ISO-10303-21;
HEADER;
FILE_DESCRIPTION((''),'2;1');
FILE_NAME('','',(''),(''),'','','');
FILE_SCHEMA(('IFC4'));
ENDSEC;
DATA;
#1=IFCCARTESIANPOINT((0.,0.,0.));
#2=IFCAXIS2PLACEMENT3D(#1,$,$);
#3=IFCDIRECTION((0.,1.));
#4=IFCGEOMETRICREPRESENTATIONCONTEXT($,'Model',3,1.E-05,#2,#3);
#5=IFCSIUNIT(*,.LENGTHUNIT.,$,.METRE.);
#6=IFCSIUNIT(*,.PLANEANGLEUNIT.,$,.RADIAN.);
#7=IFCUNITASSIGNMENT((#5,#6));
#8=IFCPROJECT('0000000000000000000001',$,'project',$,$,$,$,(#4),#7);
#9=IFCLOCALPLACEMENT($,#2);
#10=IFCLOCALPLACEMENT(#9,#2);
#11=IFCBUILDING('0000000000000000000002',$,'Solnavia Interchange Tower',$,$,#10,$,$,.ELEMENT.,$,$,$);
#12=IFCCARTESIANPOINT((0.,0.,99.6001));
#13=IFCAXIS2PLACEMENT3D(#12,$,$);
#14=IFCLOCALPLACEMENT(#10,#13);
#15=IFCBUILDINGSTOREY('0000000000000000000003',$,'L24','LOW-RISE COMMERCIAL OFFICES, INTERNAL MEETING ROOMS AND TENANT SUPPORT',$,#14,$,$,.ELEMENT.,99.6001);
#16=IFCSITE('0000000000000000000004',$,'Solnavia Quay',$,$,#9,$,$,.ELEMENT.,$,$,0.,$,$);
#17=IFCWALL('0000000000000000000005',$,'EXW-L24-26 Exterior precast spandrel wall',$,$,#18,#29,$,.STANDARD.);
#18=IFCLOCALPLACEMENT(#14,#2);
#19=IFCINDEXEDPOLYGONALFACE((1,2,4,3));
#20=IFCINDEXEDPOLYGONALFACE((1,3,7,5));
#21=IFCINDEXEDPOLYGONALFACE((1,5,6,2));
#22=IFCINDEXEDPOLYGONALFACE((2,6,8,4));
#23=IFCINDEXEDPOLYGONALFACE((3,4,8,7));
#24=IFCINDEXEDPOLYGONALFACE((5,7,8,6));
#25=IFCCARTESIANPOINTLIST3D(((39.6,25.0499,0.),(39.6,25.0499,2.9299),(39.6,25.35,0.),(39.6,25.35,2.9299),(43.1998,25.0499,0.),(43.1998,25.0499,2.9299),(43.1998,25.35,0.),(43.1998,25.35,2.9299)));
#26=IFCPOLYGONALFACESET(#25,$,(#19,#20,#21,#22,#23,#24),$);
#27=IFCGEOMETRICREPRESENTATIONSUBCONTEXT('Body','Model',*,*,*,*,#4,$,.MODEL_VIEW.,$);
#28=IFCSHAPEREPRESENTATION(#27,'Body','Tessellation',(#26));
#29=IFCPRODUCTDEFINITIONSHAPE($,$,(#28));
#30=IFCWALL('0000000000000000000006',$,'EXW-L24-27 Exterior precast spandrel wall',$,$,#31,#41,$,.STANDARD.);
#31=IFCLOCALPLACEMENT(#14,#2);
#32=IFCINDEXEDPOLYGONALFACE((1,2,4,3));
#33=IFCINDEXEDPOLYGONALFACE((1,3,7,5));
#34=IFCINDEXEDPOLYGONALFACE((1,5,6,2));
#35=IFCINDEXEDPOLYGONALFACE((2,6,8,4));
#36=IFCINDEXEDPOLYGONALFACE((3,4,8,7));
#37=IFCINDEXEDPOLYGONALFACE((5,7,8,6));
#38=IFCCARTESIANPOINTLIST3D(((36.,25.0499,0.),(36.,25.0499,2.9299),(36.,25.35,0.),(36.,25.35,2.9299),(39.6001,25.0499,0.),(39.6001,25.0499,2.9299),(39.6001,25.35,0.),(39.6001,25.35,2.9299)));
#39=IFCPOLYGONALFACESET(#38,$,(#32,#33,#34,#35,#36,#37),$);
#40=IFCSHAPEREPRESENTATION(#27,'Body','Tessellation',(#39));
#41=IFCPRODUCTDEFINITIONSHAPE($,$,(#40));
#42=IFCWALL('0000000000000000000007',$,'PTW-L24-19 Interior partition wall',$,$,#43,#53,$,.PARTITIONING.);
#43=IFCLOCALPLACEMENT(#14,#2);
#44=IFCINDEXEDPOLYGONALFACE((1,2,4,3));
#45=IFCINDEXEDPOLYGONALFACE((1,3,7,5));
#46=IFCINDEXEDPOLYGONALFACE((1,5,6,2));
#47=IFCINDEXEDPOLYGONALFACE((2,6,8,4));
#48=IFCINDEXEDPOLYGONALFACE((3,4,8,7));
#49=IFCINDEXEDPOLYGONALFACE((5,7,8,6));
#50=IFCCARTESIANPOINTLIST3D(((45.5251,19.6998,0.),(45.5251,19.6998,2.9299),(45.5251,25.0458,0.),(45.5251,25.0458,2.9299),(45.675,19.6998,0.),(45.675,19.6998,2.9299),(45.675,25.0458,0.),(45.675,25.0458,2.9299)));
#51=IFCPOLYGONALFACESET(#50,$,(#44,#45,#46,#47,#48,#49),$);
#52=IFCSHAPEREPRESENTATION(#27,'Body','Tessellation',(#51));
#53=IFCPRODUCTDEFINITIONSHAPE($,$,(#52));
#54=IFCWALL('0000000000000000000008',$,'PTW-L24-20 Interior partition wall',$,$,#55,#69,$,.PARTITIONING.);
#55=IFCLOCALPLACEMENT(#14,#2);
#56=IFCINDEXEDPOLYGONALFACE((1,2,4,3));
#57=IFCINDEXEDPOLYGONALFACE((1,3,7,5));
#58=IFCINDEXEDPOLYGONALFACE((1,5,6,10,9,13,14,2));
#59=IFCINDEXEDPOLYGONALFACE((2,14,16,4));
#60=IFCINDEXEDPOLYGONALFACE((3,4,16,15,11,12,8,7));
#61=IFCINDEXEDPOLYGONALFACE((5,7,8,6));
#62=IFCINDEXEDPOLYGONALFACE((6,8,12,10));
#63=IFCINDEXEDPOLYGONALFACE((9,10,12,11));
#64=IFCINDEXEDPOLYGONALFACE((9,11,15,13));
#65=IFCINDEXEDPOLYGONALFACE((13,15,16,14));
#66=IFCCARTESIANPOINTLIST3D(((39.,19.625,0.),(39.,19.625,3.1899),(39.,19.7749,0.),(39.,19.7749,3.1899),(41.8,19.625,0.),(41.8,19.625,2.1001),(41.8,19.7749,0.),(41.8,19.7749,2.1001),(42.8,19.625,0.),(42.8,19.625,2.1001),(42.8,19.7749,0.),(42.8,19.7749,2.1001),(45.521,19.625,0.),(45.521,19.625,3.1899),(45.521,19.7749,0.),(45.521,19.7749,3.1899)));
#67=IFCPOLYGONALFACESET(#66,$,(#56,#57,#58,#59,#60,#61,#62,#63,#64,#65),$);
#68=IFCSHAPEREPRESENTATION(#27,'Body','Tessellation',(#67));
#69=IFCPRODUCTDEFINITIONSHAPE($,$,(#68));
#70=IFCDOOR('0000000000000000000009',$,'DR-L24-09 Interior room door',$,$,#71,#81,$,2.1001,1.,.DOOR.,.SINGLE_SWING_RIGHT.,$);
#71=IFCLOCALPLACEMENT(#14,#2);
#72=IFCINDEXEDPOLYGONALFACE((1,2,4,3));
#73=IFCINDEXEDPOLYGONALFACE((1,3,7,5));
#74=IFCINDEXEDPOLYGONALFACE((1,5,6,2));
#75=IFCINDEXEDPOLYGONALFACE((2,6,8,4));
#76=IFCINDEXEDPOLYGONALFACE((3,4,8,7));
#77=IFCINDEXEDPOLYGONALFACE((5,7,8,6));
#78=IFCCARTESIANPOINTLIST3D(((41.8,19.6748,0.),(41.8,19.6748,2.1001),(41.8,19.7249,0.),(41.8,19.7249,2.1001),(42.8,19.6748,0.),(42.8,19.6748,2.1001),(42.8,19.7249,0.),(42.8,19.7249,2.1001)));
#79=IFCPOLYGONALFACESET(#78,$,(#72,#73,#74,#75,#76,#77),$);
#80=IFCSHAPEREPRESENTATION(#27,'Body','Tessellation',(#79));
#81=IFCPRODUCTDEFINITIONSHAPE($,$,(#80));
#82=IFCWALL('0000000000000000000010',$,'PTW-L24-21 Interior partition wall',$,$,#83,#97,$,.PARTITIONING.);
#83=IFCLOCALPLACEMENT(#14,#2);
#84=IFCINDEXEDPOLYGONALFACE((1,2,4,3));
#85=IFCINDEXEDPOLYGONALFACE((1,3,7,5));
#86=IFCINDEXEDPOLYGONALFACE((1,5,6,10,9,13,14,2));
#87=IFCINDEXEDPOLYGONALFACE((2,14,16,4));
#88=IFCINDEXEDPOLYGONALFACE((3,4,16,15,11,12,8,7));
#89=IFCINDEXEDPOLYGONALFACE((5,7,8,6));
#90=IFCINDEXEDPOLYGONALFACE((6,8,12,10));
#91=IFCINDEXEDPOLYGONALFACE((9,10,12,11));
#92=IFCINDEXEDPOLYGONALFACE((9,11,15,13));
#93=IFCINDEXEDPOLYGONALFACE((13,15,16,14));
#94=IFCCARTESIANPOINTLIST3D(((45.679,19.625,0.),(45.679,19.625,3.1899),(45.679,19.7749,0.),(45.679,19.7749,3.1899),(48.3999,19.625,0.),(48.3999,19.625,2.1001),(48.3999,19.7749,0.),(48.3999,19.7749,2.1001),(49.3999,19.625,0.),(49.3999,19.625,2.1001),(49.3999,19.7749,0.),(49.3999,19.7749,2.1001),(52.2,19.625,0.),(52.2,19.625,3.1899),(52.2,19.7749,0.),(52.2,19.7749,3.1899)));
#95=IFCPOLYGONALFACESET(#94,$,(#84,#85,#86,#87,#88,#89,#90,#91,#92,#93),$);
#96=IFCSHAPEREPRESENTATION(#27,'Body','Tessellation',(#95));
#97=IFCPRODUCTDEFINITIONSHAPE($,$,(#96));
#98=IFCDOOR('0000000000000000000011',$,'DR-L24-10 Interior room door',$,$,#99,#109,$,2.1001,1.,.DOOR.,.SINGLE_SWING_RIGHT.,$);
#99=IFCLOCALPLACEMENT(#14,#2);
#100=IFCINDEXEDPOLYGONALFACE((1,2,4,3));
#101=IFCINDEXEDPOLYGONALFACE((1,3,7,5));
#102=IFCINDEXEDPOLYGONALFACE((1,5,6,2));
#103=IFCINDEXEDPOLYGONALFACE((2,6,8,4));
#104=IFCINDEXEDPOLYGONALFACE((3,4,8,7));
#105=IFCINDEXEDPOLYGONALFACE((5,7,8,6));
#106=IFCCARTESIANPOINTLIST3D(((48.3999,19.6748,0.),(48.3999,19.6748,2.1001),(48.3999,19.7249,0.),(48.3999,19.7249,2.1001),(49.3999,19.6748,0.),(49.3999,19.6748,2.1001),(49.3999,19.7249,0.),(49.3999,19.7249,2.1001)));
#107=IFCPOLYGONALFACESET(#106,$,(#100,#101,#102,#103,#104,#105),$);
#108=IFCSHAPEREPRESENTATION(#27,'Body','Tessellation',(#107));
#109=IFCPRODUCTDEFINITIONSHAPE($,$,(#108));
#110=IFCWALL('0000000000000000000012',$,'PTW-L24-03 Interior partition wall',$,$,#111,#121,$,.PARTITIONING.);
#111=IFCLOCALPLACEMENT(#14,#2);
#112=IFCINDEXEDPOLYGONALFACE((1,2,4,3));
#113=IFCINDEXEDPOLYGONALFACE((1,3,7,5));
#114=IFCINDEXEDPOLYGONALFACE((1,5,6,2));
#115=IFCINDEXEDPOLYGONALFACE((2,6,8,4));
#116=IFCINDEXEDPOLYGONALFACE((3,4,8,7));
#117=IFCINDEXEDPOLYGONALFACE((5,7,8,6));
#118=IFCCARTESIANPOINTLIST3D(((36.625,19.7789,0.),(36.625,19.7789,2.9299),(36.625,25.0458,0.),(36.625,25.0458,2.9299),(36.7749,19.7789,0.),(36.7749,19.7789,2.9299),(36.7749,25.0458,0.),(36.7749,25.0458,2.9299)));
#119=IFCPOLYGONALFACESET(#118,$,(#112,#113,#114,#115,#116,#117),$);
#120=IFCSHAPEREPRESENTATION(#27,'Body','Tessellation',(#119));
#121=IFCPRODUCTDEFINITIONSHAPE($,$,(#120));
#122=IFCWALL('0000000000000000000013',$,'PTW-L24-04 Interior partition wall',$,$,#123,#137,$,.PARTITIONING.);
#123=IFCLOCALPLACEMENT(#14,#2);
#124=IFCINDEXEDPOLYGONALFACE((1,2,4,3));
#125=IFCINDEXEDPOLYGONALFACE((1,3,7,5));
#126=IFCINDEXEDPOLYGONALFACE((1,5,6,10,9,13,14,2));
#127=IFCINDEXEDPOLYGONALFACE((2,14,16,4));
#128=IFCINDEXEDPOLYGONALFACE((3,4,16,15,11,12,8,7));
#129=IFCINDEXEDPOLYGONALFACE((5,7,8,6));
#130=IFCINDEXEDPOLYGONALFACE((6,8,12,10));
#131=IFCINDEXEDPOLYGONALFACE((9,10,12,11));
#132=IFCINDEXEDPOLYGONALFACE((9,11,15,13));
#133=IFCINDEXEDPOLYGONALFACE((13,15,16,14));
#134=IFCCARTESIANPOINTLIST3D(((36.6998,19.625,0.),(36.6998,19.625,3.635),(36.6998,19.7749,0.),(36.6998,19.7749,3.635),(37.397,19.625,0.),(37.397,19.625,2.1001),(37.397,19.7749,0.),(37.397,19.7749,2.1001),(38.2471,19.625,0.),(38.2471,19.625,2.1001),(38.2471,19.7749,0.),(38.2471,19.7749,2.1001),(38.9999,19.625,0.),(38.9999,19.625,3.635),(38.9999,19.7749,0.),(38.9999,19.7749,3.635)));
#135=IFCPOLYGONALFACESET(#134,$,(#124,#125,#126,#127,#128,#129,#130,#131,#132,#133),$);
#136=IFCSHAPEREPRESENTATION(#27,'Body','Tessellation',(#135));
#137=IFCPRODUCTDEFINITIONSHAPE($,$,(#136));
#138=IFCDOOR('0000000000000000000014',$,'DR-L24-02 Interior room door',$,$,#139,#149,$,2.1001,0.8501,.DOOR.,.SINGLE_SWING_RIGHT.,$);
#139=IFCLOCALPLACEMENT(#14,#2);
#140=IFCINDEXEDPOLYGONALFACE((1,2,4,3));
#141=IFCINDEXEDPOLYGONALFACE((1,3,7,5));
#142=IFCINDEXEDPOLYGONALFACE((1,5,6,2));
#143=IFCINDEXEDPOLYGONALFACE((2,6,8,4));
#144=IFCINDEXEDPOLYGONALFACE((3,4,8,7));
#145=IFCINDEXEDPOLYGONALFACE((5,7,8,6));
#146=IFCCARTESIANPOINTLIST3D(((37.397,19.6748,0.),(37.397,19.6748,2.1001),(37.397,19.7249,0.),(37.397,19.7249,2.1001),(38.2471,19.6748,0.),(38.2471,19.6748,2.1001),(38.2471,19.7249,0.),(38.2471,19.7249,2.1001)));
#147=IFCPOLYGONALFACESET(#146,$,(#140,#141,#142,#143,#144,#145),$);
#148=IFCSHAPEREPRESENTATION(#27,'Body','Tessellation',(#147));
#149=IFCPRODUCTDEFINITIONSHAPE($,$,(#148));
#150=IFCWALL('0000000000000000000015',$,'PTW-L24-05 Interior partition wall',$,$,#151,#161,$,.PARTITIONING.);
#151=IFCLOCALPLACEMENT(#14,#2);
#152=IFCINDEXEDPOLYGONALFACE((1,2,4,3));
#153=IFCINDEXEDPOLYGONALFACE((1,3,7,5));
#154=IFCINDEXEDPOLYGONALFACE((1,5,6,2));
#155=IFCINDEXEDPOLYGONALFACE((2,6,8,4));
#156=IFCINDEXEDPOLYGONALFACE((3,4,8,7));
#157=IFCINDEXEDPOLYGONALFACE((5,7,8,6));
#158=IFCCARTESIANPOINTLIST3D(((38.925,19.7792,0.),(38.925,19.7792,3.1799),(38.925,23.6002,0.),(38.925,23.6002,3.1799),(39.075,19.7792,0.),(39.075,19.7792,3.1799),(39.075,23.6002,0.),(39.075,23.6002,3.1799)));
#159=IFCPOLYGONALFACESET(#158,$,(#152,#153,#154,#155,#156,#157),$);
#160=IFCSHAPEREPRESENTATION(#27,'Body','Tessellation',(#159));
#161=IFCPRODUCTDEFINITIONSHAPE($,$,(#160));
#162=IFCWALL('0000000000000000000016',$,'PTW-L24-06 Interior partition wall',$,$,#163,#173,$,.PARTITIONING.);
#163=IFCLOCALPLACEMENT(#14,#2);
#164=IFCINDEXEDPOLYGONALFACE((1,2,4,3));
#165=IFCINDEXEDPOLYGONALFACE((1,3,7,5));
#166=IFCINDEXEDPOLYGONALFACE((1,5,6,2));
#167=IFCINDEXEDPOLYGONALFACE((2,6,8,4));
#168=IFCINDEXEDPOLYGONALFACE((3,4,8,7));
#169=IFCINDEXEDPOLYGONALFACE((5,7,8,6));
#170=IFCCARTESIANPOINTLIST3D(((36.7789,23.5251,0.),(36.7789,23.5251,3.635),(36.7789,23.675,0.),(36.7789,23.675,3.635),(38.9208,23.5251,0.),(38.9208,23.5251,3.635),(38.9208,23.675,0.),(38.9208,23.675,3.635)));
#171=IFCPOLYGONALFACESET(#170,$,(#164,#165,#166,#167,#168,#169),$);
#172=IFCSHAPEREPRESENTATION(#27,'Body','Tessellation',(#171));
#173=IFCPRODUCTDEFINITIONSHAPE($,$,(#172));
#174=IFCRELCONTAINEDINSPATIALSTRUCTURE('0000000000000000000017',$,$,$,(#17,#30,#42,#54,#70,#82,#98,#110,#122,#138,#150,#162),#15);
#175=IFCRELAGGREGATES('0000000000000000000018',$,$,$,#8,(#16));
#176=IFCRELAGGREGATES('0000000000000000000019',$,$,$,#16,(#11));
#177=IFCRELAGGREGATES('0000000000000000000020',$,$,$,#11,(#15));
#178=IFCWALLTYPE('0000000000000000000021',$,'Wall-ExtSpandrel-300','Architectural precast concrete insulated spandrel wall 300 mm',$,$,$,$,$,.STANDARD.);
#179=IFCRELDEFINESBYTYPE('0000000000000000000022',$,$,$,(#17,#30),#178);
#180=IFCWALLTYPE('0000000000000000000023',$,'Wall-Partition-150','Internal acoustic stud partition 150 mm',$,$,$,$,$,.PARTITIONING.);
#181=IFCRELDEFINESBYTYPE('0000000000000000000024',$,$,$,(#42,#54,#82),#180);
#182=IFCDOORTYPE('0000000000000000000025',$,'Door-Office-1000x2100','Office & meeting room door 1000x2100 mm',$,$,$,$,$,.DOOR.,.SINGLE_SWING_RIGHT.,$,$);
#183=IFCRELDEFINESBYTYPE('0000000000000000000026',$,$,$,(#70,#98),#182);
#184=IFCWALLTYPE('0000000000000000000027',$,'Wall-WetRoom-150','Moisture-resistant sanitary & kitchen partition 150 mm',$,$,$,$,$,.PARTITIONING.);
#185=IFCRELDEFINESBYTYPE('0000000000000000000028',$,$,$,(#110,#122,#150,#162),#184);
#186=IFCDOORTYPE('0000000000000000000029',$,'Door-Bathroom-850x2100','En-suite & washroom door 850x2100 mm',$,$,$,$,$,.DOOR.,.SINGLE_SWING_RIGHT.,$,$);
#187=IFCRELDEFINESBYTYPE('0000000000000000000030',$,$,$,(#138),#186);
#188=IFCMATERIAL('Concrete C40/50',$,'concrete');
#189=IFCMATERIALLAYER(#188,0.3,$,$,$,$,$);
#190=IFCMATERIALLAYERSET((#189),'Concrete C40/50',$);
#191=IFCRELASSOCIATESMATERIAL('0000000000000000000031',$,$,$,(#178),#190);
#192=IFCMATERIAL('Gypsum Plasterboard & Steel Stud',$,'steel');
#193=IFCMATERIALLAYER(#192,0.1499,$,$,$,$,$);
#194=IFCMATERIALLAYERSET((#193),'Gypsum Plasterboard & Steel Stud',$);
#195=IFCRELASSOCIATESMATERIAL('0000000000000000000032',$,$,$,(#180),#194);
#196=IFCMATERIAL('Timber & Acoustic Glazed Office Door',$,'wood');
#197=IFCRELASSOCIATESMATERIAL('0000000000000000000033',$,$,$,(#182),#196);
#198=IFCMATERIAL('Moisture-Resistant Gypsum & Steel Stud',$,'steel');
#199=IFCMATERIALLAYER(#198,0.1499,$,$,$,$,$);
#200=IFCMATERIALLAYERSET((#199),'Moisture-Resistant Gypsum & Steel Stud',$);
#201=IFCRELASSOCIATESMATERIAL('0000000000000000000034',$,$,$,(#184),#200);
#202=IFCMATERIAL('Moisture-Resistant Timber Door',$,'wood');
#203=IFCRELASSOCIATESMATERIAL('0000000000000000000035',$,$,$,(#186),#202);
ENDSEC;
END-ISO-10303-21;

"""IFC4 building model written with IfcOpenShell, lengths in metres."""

from ifc_helpers import new_model, si_unit, direction, frame, frame_2d, origin, place, context, subcontext, project, spatial, rectangle, extrude, material, layer, layer_set, type_object, element, fill, save


model = new_model("IFC4")

# Units and contexts
model_context = context("Model", 3, precision=1e-05, world=origin(), true_north=direction((0.0, 1.0)))
body_context = subcontext(model_context, "Body", "Model", "MODEL_VIEW")
ifc_project = project(units=[si_unit("LENGTHUNIT", "METRE"), si_unit("PLANEANGLEUNIT", "RADIAN")], contexts=[model_context])

# Site, building, storey
site_placement = place(None, origin())
site = spatial("IfcSite", under=ifc_project, at=site_placement, Name="Solnavia Quay", CompositionType="ELEMENT", RefElevation=0.0)
building_placement = place(site_placement, origin())
building = spatial("IfcBuilding", under=site, at=building_placement, Name="Solnavia Interchange Tower", CompositionType="ELEMENT")
storey_placement = place(building_placement, frame((0.0, 0.0, 99.6001)))
storey = spatial("IfcBuildingStorey", under=building, at=storey_placement, Name="L24", Description="LOW-RISE COMMERCIAL OFFICES, INTERNAL MEETING ROOMS AND TENANT SUPPORT", CompositionType="ELEMENT", Elevation=99.6001)

# Walls
ifc_material_1 = material(Name="Concrete C40/50", Category="concrete")
ifc_layer_1 = layer(ifc_material_1, 0.3)
ifc_layer_set_1 = layer_set([ifc_layer_1], Name="Concrete C40/50")
wall_type_1 = type_object("IfcWallType", Name="Wall-ExtSpandrel-300", Description="Architectural precast concrete insulated spandrel wall 300 mm", PredefinedType="STANDARD", material=ifc_layer_set_1)
wall_1_placement = place(storey_placement, frame((39.6001, 25.2, 0.0), z_axis=(0.0, 0.0, 1.0), x_axis=(1.0, 0.0, 0.0)))
element("IfcWall", 1, at=wall_1_placement, inside=storey, type_object=wall_type_1, Name="EXW-L24-26 Exterior precast spandrel wall", PredefinedType="STANDARD", context=body_context, shape_type="SweptSolid", body=[
    extrude(rectangle(XDim=3.5999, YDim=0.3, at=frame_2d((1.7998, 0.0))), origin(), (0.0, 0.0, 1.0), 2.9299),
])
wall_2_placement = place(storey_placement, frame((36.0, 25.2, 0.0), z_axis=(0.0, 0.0, 1.0), x_axis=(1.0, 0.0, 0.0)))
element("IfcWall", 2, at=wall_2_placement, inside=storey, type_object=wall_type_1, Name="EXW-L24-27 Exterior precast spandrel wall", PredefinedType="STANDARD", context=body_context, shape_type="SweptSolid", body=[
    extrude(rectangle(XDim=3.6001, YDim=0.3, at=frame_2d((1.8, 0.0))), origin(), (0.0, 0.0, 1.0), 2.9299),
])
ifc_material_2 = material(Name="Gypsum Plasterboard & Steel Stud", Category="steel")
ifc_layer_2 = layer(ifc_material_2, 0.1499)
ifc_layer_set_2 = layer_set([ifc_layer_2], Name="Gypsum Plasterboard & Steel Stud")
wall_type_2 = type_object("IfcWallType", Name="Wall-Partition-150", Description="Internal acoustic stud partition 150 mm", PredefinedType="PARTITIONING", material=ifc_layer_set_2)
wall_3_placement = place(storey_placement, frame((45.6001, 19.7, 0.0), z_axis=(0.0, 0.0, 1.0), x_axis=(0.0, 1.0, 0.0)))
element("IfcWall", 3, at=wall_3_placement, inside=storey, type_object=wall_type_2, Name="PTW-L24-19 Interior partition wall", PredefinedType="PARTITIONING", context=body_context, shape_type="SweptSolid", body=[
    extrude(rectangle(XDim=5.3459, YDim=0.1499, at=frame_2d((2.6729, 0.0))), origin(), (0.0, 0.0, 1.0), 2.9299),
])

# Walls, openings, doors
wall_4_placement = place(storey_placement, frame((39.0, 19.7, 0.0), z_axis=(0.0, 0.0, 1.0), x_axis=(1.0, 0.0, 0.0)))
wall_4 = element("IfcWall", 4, at=wall_4_placement, inside=storey, type_object=wall_type_2, Name="PTW-L24-20 Interior partition wall", PredefinedType="PARTITIONING", context=body_context, shape_type="SweptSolid", body=[
    extrude(rectangle(XDim=6.521, YDim=0.1499, at=frame_2d((3.2605, 0.0))), origin(), (0.0, 0.0, 1.0), 3.1899),
])
opening_1_placement = place(wall_4_placement, frame((2.8, 0.0, 0.0)))
opening_1 = element("IfcOpeningElement", 5, at=opening_1_placement, cuts=wall_4, PredefinedType="OPENING", context=body_context, shape_type="SweptSolid", body=[
    extrude(rectangle(XDim=1.0, YDim=2.1001, at=frame_2d((0.5, 1.05))), frame((0.0, 0.085, 0.0), z_axis=(0.0, -1.0, 0.0), x_axis=(1.0, 0.0, 0.0)), (0.0, 0.0, 1.0), 0.1699),
])
ifc_material_3 = material(Name="Timber & Acoustic Glazed Office Door", Category="wood")
door_type_1 = type_object("IfcDoorType", Name="Door-Office-1000x2100", Description="Office & meeting room door 1000x2100 mm", OperationType="SINGLE_SWING_RIGHT", PredefinedType="DOOR", material=ifc_material_3)
door_1_placement = place(opening_1_placement, origin())
door_1 = element("IfcDoor", 6, at=door_1_placement, inside=storey, type_object=door_type_1, Name="DR-L24-09 Interior room door", OperationType="SINGLE_SWING_RIGHT", OverallHeight=2.1001, OverallWidth=1.0, PredefinedType="DOOR", context=body_context, shape_type="SweptSolid", body=[
    extrude(rectangle(XDim=1.0, YDim=2.1001, at=frame_2d((0.5, 1.05))), frame((0.0, 0.0249, 0.0), z_axis=(0.0, -1.0, 0.0), x_axis=(1.0, 0.0, 0.0)), (0.0, 0.0, 1.0), 0.05),
])
fill(opening_1, door_1)
wall_5_placement = place(storey_placement, frame((45.679, 19.7, 0.0), z_axis=(0.0, 0.0, 1.0), x_axis=(1.0, 0.0, 0.0)))
wall_5 = element("IfcWall", 7, at=wall_5_placement, inside=storey, type_object=wall_type_2, Name="PTW-L24-21 Interior partition wall", PredefinedType="PARTITIONING", context=body_context, shape_type="SweptSolid", body=[
    extrude(rectangle(XDim=6.521, YDim=0.1499, at=frame_2d((3.2605, 0.0))), origin(), (0.0, 0.0, 1.0), 3.1899),
])
opening_2_placement = place(wall_5_placement, frame((2.7209, 0.0, 0.0)))
opening_2 = element("IfcOpeningElement", 8, at=opening_2_placement, cuts=wall_5, PredefinedType="OPENING", context=body_context, shape_type="SweptSolid", body=[
    extrude(rectangle(XDim=1.0, YDim=2.1001, at=frame_2d((0.5, 1.05))), frame((0.0, 0.085, 0.0), z_axis=(0.0, -1.0, 0.0), x_axis=(1.0, 0.0, 0.0)), (0.0, 0.0, 1.0), 0.1699),
])
door_2_placement = place(opening_2_placement, origin())
door_2 = element("IfcDoor", 9, at=door_2_placement, inside=storey, type_object=door_type_1, Name="DR-L24-10 Interior room door", OperationType="SINGLE_SWING_RIGHT", OverallHeight=2.1001, OverallWidth=1.0, PredefinedType="DOOR", context=body_context, shape_type="SweptSolid", body=[
    extrude(rectangle(XDim=1.0, YDim=2.1001, at=frame_2d((0.5, 1.05))), frame((0.0, 0.0249, 0.0), z_axis=(0.0, -1.0, 0.0), x_axis=(1.0, 0.0, 0.0)), (0.0, 0.0, 1.0), 0.05),
])
fill(opening_2, door_2)

# Wall
ifc_material_4 = material(Name="Moisture-Resistant Gypsum & Steel Stud", Category="steel")
ifc_layer_3 = layer(ifc_material_4, 0.1499)
ifc_layer_set_3 = layer_set([ifc_layer_3], Name="Moisture-Resistant Gypsum & Steel Stud")
wall_type_3 = type_object("IfcWallType", Name="Wall-WetRoom-150", Description="Moisture-resistant sanitary & kitchen partition 150 mm", PredefinedType="PARTITIONING", material=ifc_layer_set_3)
wall_6_placement = place(storey_placement, frame((36.7, 19.7791, 0.0), z_axis=(0.0, 0.0, 1.0), x_axis=(0.0, 1.0, 0.0)))
element("IfcWall", 10, at=wall_6_placement, inside=storey, type_object=wall_type_3, Name="PTW-L24-03 Interior partition wall", PredefinedType="PARTITIONING", context=body_context, shape_type="SweptSolid", body=[
    extrude(rectangle(XDim=5.2668, YDim=0.1499, at=frame_2d((2.6333, 0.0))), origin(), (0.0, 0.0, 1.0), 2.9299),
])

# Wall, opening, door
wall_7_placement = place(storey_placement, frame((36.7, 19.7, 0.0), z_axis=(0.0, 0.0, 1.0), x_axis=(1.0, 0.0, 0.0)))
wall_7 = element("IfcWall", 11, at=wall_7_placement, inside=storey, type_object=wall_type_3, Name="PTW-L24-04 Interior partition wall", PredefinedType="PARTITIONING", context=body_context, shape_type="SweptSolid", body=[
    extrude(rectangle(XDim=2.3, YDim=0.1499, at=frame_2d((1.1499, 0.0))), origin(), (0.0, 0.0, 1.0), 3.635),
])
opening_3_placement = place(wall_7_placement, frame((0.697, 0.0, 0.0)))
opening_3 = element("IfcOpeningElement", 12, at=opening_3_placement, cuts=wall_7, PredefinedType="OPENING", context=body_context, shape_type="SweptSolid", body=[
    extrude(rectangle(XDim=0.8501, YDim=2.1001, at=frame_2d((0.425, 1.05))), frame((0.0, 0.085, 0.0), z_axis=(0.0, -1.0, 0.0), x_axis=(1.0, 0.0, 0.0)), (0.0, 0.0, 1.0), 0.1699),
])
ifc_material_5 = material(Name="Moisture-Resistant Timber Door", Category="wood")
door_type_2 = type_object("IfcDoorType", Name="Door-Bathroom-850x2100", Description="En-suite & washroom door 850x2100 mm", OperationType="SINGLE_SWING_RIGHT", PredefinedType="DOOR", material=ifc_material_5)
door_3_placement = place(opening_3_placement, origin())
door_3 = element("IfcDoor", 13, at=door_3_placement, inside=storey, type_object=door_type_2, Name="DR-L24-02 Interior room door", OperationType="SINGLE_SWING_RIGHT", OverallHeight=2.1001, OverallWidth=0.8501, PredefinedType="DOOR", context=body_context, shape_type="SweptSolid", body=[
    extrude(rectangle(XDim=0.8501, YDim=2.1001, at=frame_2d((0.425, 1.05))), frame((0.0, 0.0249, 0.0), z_axis=(0.0, -1.0, 0.0), x_axis=(1.0, 0.0, 0.0)), (0.0, 0.0, 1.0), 0.05),
])
fill(opening_3, door_3)

# Walls
wall_8_placement = place(storey_placement, frame((39.0, 19.7791, 0.0), z_axis=(0.0, 0.0, 1.0), x_axis=(0.0, 1.0, 0.0)))
element("IfcWall", 14, at=wall_8_placement, inside=storey, type_object=wall_type_3, Name="PTW-L24-05 Interior partition wall", PredefinedType="PARTITIONING", context=body_context, shape_type="SweptSolid", body=[
    extrude(rectangle(XDim=3.821, YDim=0.1499, at=frame_2d((1.9106, 0.0))), origin(), (0.0, 0.0, 1.0), 3.1799),
])
wall_9_placement = place(storey_placement, frame((36.7791, 23.6001, 0.0), z_axis=(0.0, 0.0, 1.0), x_axis=(1.0, 0.0, 0.0)))
element("IfcWall", 15, at=wall_9_placement, inside=storey, type_object=wall_type_3, Name="PTW-L24-06 Interior partition wall", PredefinedType="PARTITIONING", context=body_context, shape_type="SweptSolid", body=[
    extrude(rectangle(XDim=2.1418, YDim=0.1499, at=frame_2d((1.0708, 0.0))), origin(), (0.0, 0.0, 1.0), 3.635),
])

save(model, "model.ifc")
